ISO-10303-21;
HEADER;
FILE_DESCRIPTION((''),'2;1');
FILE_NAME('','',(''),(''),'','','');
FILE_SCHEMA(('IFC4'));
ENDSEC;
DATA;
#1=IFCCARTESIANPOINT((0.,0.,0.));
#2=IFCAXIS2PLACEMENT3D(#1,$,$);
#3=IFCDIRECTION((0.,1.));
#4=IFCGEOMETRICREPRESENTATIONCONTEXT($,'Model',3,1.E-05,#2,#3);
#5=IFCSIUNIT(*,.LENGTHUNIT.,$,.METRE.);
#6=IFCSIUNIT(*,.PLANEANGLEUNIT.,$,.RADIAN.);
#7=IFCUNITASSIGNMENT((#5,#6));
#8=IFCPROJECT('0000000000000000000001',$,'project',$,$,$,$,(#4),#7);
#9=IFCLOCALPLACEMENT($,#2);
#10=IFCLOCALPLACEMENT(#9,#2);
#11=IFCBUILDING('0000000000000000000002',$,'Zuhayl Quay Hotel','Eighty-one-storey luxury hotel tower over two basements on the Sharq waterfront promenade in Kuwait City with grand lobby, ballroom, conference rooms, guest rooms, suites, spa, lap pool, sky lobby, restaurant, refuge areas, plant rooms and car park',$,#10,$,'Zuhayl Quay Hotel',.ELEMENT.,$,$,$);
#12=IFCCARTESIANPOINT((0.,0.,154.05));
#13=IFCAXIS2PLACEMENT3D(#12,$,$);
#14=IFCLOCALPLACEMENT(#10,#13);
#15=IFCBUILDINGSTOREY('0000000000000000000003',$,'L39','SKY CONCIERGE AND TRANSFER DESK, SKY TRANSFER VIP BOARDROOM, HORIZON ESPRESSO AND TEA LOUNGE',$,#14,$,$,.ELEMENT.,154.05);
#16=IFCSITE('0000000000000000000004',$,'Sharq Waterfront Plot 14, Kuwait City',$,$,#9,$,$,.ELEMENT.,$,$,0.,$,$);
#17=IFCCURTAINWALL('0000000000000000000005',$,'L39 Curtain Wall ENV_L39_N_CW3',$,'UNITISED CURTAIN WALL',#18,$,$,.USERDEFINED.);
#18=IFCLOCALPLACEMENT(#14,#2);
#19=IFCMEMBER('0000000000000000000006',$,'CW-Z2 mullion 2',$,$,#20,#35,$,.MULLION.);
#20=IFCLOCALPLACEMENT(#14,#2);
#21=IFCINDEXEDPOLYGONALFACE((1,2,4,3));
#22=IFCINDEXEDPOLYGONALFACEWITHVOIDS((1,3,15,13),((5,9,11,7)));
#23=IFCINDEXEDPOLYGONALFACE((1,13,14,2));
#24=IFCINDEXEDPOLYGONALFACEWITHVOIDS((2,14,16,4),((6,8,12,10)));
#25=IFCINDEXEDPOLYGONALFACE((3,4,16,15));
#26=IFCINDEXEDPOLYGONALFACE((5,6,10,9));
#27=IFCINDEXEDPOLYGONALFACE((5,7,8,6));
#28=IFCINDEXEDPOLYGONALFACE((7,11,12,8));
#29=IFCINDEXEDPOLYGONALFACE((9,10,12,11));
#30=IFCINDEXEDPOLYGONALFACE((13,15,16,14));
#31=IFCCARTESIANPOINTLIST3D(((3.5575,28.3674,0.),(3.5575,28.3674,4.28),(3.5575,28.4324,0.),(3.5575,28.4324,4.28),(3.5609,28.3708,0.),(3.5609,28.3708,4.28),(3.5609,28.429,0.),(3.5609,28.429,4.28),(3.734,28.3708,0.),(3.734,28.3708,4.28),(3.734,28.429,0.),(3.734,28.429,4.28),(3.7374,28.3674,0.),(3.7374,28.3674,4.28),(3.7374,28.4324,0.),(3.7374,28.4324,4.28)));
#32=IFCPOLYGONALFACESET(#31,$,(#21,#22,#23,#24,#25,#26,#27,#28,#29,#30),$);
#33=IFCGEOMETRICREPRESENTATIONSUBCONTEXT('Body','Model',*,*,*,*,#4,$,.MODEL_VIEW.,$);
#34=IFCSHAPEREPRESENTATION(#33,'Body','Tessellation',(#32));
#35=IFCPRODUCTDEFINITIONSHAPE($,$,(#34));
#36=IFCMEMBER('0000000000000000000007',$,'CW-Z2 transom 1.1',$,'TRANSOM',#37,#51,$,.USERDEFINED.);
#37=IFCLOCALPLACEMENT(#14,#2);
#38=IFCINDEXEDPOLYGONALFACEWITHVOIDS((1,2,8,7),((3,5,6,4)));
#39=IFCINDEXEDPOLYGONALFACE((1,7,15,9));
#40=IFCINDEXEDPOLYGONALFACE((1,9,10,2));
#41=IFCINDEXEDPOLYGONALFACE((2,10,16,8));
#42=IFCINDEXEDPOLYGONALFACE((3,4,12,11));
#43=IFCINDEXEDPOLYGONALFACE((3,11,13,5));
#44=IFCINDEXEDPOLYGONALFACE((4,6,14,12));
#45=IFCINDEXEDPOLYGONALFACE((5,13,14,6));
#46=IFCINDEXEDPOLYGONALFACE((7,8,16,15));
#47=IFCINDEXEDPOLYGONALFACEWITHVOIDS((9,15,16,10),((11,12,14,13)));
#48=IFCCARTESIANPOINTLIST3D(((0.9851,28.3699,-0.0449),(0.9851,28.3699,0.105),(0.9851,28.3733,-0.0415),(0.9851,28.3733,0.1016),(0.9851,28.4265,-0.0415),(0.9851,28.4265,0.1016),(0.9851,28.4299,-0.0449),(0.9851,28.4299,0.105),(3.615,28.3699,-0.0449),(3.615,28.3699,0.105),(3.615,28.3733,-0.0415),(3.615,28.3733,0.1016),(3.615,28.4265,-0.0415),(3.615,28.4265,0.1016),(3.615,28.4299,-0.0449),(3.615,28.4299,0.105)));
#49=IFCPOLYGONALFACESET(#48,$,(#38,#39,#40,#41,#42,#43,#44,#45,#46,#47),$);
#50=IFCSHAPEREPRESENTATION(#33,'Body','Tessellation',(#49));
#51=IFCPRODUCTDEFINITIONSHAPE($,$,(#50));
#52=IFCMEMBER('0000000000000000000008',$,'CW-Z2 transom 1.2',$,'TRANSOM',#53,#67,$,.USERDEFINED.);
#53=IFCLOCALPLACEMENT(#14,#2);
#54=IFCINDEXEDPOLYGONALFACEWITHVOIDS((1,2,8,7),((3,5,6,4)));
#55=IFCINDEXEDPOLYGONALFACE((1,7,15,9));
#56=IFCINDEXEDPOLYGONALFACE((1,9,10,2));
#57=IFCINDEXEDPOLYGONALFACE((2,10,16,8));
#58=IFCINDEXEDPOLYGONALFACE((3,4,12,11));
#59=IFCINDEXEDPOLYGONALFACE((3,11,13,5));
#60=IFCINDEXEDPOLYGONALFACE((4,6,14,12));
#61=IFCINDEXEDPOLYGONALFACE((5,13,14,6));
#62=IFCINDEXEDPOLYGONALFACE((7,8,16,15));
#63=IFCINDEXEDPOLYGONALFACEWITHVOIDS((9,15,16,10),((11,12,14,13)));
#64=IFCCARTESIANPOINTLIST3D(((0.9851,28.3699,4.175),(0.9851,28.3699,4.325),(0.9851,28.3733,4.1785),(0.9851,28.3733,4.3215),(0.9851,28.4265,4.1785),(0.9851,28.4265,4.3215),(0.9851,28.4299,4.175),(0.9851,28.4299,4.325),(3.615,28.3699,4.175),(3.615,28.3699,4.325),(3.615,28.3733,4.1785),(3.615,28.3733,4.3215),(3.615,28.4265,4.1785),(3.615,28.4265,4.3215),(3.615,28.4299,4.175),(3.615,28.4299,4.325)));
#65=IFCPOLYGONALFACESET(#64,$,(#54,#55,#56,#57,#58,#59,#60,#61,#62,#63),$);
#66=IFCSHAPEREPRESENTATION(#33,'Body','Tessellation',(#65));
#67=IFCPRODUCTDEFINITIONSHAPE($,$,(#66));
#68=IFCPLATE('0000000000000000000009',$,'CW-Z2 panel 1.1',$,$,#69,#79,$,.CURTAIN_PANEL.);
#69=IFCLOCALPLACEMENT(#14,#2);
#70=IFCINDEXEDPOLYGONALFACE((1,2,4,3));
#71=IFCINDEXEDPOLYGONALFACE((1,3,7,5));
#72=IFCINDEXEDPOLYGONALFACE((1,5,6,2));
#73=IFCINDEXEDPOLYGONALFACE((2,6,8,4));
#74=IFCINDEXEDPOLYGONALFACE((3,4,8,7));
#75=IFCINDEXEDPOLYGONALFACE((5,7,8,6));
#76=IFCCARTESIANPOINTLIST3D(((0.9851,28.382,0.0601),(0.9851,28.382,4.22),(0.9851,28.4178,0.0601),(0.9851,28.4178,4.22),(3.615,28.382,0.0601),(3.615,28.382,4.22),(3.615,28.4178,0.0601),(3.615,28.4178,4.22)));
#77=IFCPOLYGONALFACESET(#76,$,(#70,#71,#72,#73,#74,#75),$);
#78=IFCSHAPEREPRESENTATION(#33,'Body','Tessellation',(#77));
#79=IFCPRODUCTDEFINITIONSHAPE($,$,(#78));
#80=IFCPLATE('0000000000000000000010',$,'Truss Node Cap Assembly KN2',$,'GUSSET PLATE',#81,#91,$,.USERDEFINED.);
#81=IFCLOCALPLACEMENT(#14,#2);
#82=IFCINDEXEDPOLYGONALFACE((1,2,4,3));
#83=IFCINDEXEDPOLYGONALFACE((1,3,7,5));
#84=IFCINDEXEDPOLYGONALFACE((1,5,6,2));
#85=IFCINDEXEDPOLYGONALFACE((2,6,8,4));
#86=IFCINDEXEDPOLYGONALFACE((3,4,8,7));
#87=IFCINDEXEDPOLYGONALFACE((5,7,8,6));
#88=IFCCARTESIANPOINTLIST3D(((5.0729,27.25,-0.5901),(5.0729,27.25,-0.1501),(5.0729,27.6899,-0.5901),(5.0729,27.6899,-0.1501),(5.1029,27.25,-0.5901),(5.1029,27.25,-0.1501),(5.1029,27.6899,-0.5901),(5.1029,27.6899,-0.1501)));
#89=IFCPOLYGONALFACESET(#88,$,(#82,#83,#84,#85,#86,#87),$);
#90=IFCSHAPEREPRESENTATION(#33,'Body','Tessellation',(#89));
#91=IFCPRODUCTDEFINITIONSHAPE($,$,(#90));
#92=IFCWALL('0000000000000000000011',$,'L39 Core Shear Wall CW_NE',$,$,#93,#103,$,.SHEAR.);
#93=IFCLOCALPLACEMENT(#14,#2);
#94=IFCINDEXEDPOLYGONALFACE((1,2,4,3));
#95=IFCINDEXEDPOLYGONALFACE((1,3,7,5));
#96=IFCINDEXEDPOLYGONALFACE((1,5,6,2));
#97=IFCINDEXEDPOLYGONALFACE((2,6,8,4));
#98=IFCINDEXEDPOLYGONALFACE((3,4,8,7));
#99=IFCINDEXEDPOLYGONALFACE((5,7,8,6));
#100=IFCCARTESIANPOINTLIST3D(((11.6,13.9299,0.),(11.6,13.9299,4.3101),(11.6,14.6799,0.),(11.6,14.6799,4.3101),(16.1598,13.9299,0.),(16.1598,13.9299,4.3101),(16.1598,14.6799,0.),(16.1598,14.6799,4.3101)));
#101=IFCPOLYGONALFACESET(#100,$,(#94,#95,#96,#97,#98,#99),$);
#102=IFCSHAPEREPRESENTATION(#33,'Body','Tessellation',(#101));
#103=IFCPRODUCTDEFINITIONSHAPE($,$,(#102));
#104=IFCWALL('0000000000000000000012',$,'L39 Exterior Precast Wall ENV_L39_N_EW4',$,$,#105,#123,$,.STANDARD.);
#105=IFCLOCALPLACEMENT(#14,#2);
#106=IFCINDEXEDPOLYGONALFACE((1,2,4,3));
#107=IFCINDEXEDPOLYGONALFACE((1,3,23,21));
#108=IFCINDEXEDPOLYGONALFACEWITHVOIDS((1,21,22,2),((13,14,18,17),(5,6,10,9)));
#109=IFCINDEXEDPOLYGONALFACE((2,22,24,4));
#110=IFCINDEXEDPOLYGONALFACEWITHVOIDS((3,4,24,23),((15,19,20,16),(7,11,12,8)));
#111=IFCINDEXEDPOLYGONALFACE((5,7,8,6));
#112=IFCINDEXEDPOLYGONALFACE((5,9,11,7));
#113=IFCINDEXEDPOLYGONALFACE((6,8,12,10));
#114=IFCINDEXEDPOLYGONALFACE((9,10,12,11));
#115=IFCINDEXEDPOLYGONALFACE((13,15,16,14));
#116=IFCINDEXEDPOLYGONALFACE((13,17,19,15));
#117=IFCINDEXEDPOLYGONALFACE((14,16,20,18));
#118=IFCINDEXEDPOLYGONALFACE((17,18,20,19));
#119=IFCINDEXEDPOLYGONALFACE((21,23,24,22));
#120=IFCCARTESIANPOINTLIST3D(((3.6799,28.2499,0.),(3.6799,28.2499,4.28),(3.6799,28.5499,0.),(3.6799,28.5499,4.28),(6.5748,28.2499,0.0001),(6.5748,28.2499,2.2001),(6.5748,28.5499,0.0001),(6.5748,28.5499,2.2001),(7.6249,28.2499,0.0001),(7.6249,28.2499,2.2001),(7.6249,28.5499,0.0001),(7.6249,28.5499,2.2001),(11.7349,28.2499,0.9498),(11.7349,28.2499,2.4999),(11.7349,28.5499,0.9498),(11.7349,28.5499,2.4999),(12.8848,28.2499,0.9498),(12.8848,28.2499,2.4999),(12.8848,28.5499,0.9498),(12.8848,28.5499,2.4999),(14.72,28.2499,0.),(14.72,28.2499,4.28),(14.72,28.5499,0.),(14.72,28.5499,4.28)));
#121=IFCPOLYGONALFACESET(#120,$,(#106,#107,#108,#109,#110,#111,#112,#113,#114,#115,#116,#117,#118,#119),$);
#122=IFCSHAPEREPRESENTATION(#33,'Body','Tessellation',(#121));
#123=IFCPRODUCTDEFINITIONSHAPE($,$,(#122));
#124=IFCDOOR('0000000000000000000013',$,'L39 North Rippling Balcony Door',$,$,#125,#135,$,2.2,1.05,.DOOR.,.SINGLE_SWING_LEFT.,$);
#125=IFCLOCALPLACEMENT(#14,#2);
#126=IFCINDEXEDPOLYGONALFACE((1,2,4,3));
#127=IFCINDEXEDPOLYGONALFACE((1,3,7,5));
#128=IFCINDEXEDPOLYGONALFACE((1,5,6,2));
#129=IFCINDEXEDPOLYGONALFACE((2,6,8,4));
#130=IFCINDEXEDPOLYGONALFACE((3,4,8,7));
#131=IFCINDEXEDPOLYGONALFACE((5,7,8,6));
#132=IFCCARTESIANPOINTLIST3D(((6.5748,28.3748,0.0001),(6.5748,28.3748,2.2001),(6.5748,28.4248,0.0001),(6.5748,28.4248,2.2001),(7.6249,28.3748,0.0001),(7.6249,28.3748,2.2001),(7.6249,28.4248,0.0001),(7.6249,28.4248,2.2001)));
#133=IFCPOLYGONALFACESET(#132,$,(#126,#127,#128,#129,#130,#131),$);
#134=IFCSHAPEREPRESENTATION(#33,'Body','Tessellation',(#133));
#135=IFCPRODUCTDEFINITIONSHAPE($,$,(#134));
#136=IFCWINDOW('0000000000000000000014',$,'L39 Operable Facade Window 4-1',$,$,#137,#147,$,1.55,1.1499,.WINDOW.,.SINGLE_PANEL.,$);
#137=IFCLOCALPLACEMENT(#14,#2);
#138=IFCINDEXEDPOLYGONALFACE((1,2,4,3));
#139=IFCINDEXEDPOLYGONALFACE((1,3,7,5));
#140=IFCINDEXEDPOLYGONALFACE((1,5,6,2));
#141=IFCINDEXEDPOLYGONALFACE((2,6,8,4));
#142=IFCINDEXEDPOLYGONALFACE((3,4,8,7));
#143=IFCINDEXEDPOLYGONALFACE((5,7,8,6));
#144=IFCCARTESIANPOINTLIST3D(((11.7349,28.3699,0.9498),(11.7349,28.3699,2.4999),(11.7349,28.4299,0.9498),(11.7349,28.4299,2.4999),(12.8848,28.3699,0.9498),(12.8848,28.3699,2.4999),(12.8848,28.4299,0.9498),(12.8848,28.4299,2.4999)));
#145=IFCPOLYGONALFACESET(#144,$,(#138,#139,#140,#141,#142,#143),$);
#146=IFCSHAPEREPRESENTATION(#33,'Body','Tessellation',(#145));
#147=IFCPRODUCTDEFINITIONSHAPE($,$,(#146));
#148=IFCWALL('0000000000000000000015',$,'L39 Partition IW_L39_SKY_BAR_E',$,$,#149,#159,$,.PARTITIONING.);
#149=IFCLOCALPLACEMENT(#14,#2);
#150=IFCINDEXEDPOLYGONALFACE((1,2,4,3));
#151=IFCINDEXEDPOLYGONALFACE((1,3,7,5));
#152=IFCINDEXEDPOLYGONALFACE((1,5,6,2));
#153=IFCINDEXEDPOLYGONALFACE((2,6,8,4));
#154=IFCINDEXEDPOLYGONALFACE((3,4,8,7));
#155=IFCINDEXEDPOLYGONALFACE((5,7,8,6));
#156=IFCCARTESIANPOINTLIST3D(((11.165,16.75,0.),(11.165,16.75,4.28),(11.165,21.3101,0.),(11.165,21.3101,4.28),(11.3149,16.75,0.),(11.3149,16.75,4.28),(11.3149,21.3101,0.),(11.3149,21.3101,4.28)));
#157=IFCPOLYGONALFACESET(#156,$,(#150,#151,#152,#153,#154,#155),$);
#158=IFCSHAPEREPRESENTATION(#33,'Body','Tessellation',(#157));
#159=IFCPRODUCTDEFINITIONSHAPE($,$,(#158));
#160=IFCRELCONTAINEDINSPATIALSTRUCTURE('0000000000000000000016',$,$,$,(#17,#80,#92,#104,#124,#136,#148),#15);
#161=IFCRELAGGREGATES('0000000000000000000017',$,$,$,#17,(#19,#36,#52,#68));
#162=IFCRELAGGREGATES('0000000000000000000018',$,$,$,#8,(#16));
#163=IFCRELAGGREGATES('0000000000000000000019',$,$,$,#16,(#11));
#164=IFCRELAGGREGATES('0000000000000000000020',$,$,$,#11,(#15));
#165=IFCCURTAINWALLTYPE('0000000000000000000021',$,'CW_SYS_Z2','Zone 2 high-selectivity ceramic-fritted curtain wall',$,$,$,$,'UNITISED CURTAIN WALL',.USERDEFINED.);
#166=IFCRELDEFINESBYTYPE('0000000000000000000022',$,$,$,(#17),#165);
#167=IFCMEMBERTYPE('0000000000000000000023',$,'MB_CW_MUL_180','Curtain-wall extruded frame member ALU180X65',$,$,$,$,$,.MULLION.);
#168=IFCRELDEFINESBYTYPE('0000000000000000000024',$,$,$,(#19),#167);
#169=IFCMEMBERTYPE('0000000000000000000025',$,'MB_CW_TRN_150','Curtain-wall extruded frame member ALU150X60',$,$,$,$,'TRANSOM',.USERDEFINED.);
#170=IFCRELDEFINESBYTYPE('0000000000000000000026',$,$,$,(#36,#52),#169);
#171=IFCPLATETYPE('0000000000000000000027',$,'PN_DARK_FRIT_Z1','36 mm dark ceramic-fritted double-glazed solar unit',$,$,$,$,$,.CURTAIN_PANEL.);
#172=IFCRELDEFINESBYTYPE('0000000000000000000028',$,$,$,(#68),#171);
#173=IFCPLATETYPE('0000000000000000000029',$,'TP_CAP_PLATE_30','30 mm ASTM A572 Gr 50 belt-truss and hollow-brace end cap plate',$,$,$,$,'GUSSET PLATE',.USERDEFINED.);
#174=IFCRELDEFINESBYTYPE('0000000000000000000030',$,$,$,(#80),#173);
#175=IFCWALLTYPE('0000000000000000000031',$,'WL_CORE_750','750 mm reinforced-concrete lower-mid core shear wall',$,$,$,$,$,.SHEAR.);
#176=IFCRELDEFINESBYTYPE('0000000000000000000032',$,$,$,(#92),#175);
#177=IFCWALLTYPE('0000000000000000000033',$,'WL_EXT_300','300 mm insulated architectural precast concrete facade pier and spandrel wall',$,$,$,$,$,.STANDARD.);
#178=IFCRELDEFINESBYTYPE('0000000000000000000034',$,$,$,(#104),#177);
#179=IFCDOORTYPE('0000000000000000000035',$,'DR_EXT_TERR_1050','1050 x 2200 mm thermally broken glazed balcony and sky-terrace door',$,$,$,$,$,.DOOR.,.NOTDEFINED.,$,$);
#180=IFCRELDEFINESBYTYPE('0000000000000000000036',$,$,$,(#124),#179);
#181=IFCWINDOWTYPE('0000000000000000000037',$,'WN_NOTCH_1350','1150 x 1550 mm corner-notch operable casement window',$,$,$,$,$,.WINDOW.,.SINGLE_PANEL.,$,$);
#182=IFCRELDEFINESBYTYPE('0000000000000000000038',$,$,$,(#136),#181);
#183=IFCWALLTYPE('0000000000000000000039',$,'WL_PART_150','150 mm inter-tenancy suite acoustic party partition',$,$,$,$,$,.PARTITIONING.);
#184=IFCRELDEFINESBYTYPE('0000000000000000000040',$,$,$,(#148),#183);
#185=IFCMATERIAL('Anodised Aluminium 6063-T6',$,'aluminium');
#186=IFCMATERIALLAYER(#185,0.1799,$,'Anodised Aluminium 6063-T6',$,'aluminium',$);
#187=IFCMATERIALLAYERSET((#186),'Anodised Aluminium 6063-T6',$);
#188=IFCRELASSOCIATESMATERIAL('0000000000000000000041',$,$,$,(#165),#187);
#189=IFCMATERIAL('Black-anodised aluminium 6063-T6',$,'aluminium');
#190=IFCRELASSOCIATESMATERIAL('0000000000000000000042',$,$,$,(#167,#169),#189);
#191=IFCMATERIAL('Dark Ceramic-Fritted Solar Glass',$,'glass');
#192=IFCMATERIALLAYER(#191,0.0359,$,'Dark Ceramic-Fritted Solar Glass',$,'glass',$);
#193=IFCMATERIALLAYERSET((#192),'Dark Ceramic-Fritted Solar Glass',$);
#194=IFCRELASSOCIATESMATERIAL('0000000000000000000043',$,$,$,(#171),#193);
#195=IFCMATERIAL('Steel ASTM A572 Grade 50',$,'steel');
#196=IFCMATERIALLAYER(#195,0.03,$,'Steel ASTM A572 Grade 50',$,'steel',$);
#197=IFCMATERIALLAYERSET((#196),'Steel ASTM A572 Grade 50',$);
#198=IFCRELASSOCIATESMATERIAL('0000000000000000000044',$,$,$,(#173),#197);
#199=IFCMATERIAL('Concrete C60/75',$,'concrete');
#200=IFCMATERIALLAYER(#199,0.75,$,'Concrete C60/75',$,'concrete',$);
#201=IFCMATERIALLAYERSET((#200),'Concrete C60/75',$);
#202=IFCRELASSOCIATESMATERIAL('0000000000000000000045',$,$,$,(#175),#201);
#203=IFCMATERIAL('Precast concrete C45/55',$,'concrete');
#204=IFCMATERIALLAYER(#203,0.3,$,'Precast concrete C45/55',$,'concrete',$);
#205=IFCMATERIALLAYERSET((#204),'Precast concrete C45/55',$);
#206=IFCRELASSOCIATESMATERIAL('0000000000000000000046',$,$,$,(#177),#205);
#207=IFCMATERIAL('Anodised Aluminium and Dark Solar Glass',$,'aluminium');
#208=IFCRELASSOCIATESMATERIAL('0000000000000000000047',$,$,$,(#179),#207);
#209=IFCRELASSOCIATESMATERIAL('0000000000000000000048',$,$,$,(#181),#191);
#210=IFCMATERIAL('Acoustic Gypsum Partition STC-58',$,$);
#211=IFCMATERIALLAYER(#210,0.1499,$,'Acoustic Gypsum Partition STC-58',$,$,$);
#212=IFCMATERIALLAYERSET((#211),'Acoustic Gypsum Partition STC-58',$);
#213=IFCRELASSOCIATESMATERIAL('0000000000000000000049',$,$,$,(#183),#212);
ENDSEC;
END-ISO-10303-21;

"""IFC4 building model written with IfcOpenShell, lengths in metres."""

from ifc_helpers import new_model, si_unit, direction, frame, frame_2d, origin, origin_2d, place, context, subcontext, project, spatial, rectangle, hollow_rectangle, extrude, material, layer, layer_set, material_profile, profile_set, type_object, element, fill, aggregate, save


model = new_model("IFC4")

# Units and contexts
model_context = context("Model", 3, precision=1e-05, world=origin(), true_north=direction((0.0, 1.0)))
body_context = subcontext(model_context, "Body", "Model", "MODEL_VIEW")
ifc_project = project(units=[si_unit("LENGTHUNIT", "METRE"), si_unit("PLANEANGLEUNIT", "RADIAN")], contexts=[model_context])

# Site, building, storey
site_placement = place(None, origin())
site = spatial("IfcSite", under=ifc_project, at=site_placement, Name="Sharq Waterfront Plot 14, Kuwait City", CompositionType="ELEMENT", RefElevation=0.0)
building_placement = place(site_placement, origin())
building = spatial("IfcBuilding", under=site, at=building_placement, Name="Zuhayl Quay Hotel", Description="Eighty-one-storey luxury hotel tower over two basements on the Sharq waterfront promenade in Kuwait City with grand lobby, ballroom, conference rooms, guest rooms, suites, spa, lap pool, sky lobby, restaurant, refuge areas, plant rooms and car park", LongName="Zuhayl Quay Hotel", CompositionType="ELEMENT")
storey_placement = place(building_placement, frame((0.0, 0.0, 154.05)))
storey = spatial("IfcBuildingStorey", under=building, at=storey_placement, Name="L39", Description="SKY CONCIERGE AND TRANSFER DESK, SKY TRANSFER VIP BOARDROOM, HORIZON ESPRESSO AND TEA LOUNGE", CompositionType="ELEMENT", Elevation=154.05)

# Curtain wall, members, plate
ifc_material_1 = material(Name="Anodised Aluminium 6063-T6", Category="aluminium")
ifc_layer_1 = layer(ifc_material_1, 0.1799, Name="Anodised Aluminium 6063-T6", Category="aluminium")
ifc_layer_set_1 = layer_set([ifc_layer_1], Name="Anodised Aluminium 6063-T6")
curtain_wall_type = type_object("IfcCurtainWallType", Name="CW_SYS_Z2", Description="Zone 2 high-selectivity ceramic-fritted curtain wall", ElementType="UNITISED CURTAIN WALL", PredefinedType="USERDEFINED", material=ifc_layer_set_1)
curtain_wall_placement = place(storey_placement, origin())
curtain_wall = element("IfcCurtainWall", 1, at=curtain_wall_placement, inside=storey, type_object=curtain_wall_type, Name="L39 Curtain Wall ENV_L39_N_CW3", ObjectType="UNITISED CURTAIN WALL", PredefinedType="USERDEFINED")
ifc_material_2 = material(Name="Black-anodised aluminium 6063-T6", Category="aluminium")
ifc_material_profile_1 = material_profile(ifc_material_2, hollow_rectangle(XDim=0.0649, YDim=0.1799, WallThickness=0.0034, at=origin_2d()), Name="ALU180X65")
ifc_profile_set_1 = profile_set([ifc_material_profile_1], Name="Black-anodised aluminium 6063-T6")
member_type_1 = type_object("IfcMemberType", Name="MB_CW_MUL_180", Description="Curtain-wall extruded frame member ALU180X65", PredefinedType="MULLION", material=ifc_profile_set_1)
member_1_placement = place(storey_placement, frame((3.6475, 28.3999, 0.0), z_axis=(0.0, 0.0, 1.0), x_axis=(0.0, 1.0, 0.0)))
member_1 = element("IfcMember", 2, at=member_1_placement, type_object=member_type_1, Name="CW-Z2 mullion 2", PredefinedType="MULLION", context=body_context, shape_type="SweptSolid", body=[
    extrude(hollow_rectangle(XDim=0.0649, YDim=0.1799, WallThickness=0.0034, at=origin_2d()), origin(), (0.0, 0.0, 1.0), 4.28),
])
ifc_material_profile_2 = material_profile(ifc_material_2, hollow_rectangle(XDim=0.0601, YDim=0.1499, WallThickness=0.0034, at=origin_2d()), Name="ALU150X60")
ifc_profile_set_2 = profile_set([ifc_material_profile_2], Name="Black-anodised aluminium 6063-T6")
member_type_2 = type_object("IfcMemberType", Name="MB_CW_TRN_150", Description="Curtain-wall extruded frame member ALU150X60", ElementType="TRANSOM", PredefinedType="USERDEFINED", material=ifc_profile_set_2)
member_2_placement = place(storey_placement, frame((0.9851, 28.3999, 0.03), z_axis=(1.0, 0.0, 0.0), x_axis=(0.0, 1.0, 0.0)))
member_2 = element("IfcMember", 3, at=member_2_placement, type_object=member_type_2, Name="CW-Z2 transom 1.1", ObjectType="TRANSOM", PredefinedType="USERDEFINED", context=body_context, shape_type="SweptSolid", body=[
    extrude(hollow_rectangle(XDim=0.0601, YDim=0.1499, WallThickness=0.0034, at=origin_2d()), origin(), (0.0, 0.0, 1.0), 2.6299),
])
member_3_placement = place(storey_placement, frame((0.9851, 28.3999, 4.25), z_axis=(1.0, 0.0, 0.0), x_axis=(0.0, 1.0, 0.0)))
member_3 = element("IfcMember", 4, at=member_3_placement, type_object=member_type_2, Name="CW-Z2 transom 1.2", ObjectType="TRANSOM", PredefinedType="USERDEFINED", context=body_context, shape_type="SweptSolid", body=[
    extrude(hollow_rectangle(XDim=0.0601, YDim=0.1499, WallThickness=0.0034, at=origin_2d()), origin(), (0.0, 0.0, 1.0), 2.6299),
])
ifc_material_3 = material(Name="Dark Ceramic-Fritted Solar Glass", Category="glass")
ifc_layer_2 = layer(ifc_material_3, 0.0359, Name="Dark Ceramic-Fritted Solar Glass", Category="glass")
ifc_layer_set_2 = layer_set([ifc_layer_2], Name="Dark Ceramic-Fritted Solar Glass")
plate_type_1 = type_object("IfcPlateType", Name="PN_DARK_FRIT_Z1", Description="36 mm dark ceramic-fritted double-glazed solar unit", PredefinedType="CURTAIN_PANEL", material=ifc_layer_set_2)
plate_1_placement = place(storey_placement, frame((2.3, 28.3999, 0.0601), z_axis=(0.0, 0.0, 1.0), x_axis=(1.0, 0.0, 0.0)))
plate_1 = element("IfcPlate", 5, at=plate_1_placement, type_object=plate_type_1, Name="CW-Z2 panel 1.1", PredefinedType="CURTAIN_PANEL", context=body_context, shape_type="SweptSolid", body=[
    extrude(rectangle(XDim=2.6299, YDim=0.0359, at=origin_2d()), origin(), (0.0, 0.0, 1.0), 4.1599),
])
aggregate(curtain_wall, [member_1, member_2, member_3, plate_1])

# Plate
ifc_material_4 = material(Name="Steel ASTM A572 Grade 50", Category="steel")
ifc_layer_3 = layer(ifc_material_4, 0.03, Name="Steel ASTM A572 Grade 50", Category="steel")
ifc_layer_set_3 = layer_set([ifc_layer_3], Name="Steel ASTM A572 Grade 50")
plate_type_2 = type_object("IfcPlateType", Name="TP_CAP_PLATE_30", Description="30 mm ASTM A572 Gr 50 belt-truss and hollow-brace end cap plate", ElementType="GUSSET PLATE", PredefinedType="USERDEFINED", material=ifc_layer_set_3)
plate_2_placement = place(storey_placement, frame((5.0879, 27.47, -0.5901), z_axis=(0.0, 0.0, 1.0), x_axis=(-1.0, 0.0, 0.0)))
element("IfcPlate", 6, at=plate_2_placement, inside=storey, type_object=plate_type_2, Name="Truss Node Cap Assembly KN2", ObjectType="GUSSET PLATE", PredefinedType="USERDEFINED", context=body_context, shape_type="SweptSolid", body=[
    extrude(rectangle(XDim=0.03, YDim=0.4399, at=origin_2d()), origin(), (0.0, 0.0, 1.0), 0.4399),
])

# Wall
ifc_material_5 = material(Name="Concrete C60/75", Category="concrete")
ifc_layer_4 = layer(ifc_material_5, 0.75, Name="Concrete C60/75", Category="concrete")
ifc_layer_set_4 = layer_set([ifc_layer_4], Name="Concrete C60/75")
wall_type_1 = type_object("IfcWallType", Name="WL_CORE_750", Description="750 mm reinforced-concrete lower-mid core shear wall", PredefinedType="SHEAR", material=ifc_layer_set_4)
wall_1_placement = place(storey_placement, frame((11.6001, 14.3049, 0.0), z_axis=(0.0, 0.0, 1.0), x_axis=(1.0, 0.0, 0.0)))
element("IfcWall", 7, at=wall_1_placement, inside=storey, type_object=wall_type_1, Name="L39 Core Shear Wall CW_NE", PredefinedType="SHEAR", context=body_context, shape_type="SweptSolid", body=[
    extrude(rectangle(XDim=4.5598, YDim=0.75, at=frame_2d((2.2798, 0.0))), origin(), (0.0, 0.0, 1.0), 4.3101),
])

# Wall, openings, door, window
ifc_material_6 = material(Name="Precast concrete C45/55", Category="concrete")
ifc_layer_5 = layer(ifc_material_6, 0.3, Name="Precast concrete C45/55", Category="concrete")
ifc_layer_set_5 = layer_set([ifc_layer_5], Name="Precast concrete C45/55")
wall_type_2 = type_object("IfcWallType", Name="WL_EXT_300", Description="300 mm insulated architectural precast concrete facade pier and spandrel wall", PredefinedType="STANDARD", material=ifc_layer_set_5)
wall_2_placement = place(storey_placement, frame((3.6799, 28.3999, 0.0), z_axis=(0.0, 0.0, 1.0), x_axis=(1.0, 0.0, 0.0)))
wall_2 = element("IfcWall", 8, at=wall_2_placement, inside=storey, type_object=wall_type_2, Name="L39 Exterior Precast Wall ENV_L39_N_EW4", PredefinedType="STANDARD", context=body_context, shape_type="SweptSolid", body=[
    extrude(rectangle(XDim=11.04, YDim=0.3, at=frame_2d((5.52, 0.0))), origin(), (0.0, 0.0, 1.0), 4.28),
])
opening_1_placement = place(wall_2_placement, frame((2.895, 0.0, 0.0)))
opening_1 = element("IfcOpeningElement", 9, at=opening_1_placement, cuts=wall_2, PredefinedType="OPENING", context=body_context, shape_type="SweptSolid", body=[
    extrude(rectangle(XDim=1.05, YDim=2.2, at=frame_2d((0.5249, 1.1001))), frame((0.0, 0.1599, 0.0), z_axis=(0.0, -1.0, 0.0), x_axis=(1.0, 0.0, 0.0)), (0.0, 0.0, 1.0), 0.3201),
])
opening_2_placement = place(wall_2_placement, frame((8.0549, 0.0, 0.95)))
opening_2 = element("IfcOpeningElement", 10, at=opening_2_placement, cuts=wall_2, PredefinedType="OPENING", context=body_context, shape_type="SweptSolid", body=[
    extrude(rectangle(XDim=1.1499, YDim=1.55, at=frame_2d((0.575, 0.7749))), frame((0.0, 0.1599, 0.0), z_axis=(0.0, -1.0, 0.0), x_axis=(1.0, 0.0, 0.0)), (0.0, 0.0, 1.0), 0.3201),
])
ifc_material_7 = material(Name="Anodised Aluminium and Dark Solar Glass", Category="aluminium")
door_type_1 = type_object("IfcDoorType", Name="DR_EXT_TERR_1050", Description="1050 x 2200 mm thermally broken glazed balcony and sky-terrace door", OperationType="NOTDEFINED", PredefinedType="DOOR", material=ifc_material_7)
door_1_placement = place(opening_1_placement, origin())
door_1 = element("IfcDoor", 11, at=door_1_placement, inside=storey, type_object=door_type_1, Name="L39 North Rippling Balcony Door", OperationType="SINGLE_SWING_LEFT", OverallHeight=2.2, OverallWidth=1.05, PredefinedType="DOOR", context=body_context, shape_type="SweptSolid", body=[
    extrude(rectangle(XDim=1.05, YDim=2.2, at=frame_2d((0.5249, 1.1001))), frame((0.0, 0.0249, 0.0), z_axis=(0.0, -1.0, 0.0), x_axis=(1.0, 0.0, 0.0)), (0.0, 0.0, 1.0), 0.05),
])
fill(opening_1, door_1)
window_type = type_object("IfcWindowType", Name="WN_NOTCH_1350", Description="1150 x 1550 mm corner-notch operable casement window", PartitioningType="SINGLE_PANEL", PredefinedType="WINDOW", material=ifc_material_3)
window_placement = place(opening_2_placement, origin())
window = element("IfcWindow", 12, at=window_placement, inside=storey, type_object=window_type, Name="L39 Operable Facade Window 4-1", OverallHeight=1.55, OverallWidth=1.1499, PartitioningType="SINGLE_PANEL", PredefinedType="WINDOW", context=body_context, shape_type="SweptSolid", body=[
    extrude(rectangle(XDim=1.1499, YDim=1.55, at=frame_2d((0.575, 0.7749))), frame((0.0, 0.03, 0.0), z_axis=(0.0, -1.0, 0.0), x_axis=(1.0, 0.0, 0.0)), (0.0, 0.0, 1.0), 0.0601),
])
fill(opening_2, window)

# Wall
ifc_material_8 = material(Name="Acoustic Gypsum Partition STC-58")
ifc_layer_6 = layer(ifc_material_8, 0.1499, Name="Acoustic Gypsum Partition STC-58")
ifc_layer_set_6 = layer_set([ifc_layer_6], Name="Acoustic Gypsum Partition STC-58")
wall_type_3 = type_object("IfcWallType", Name="WL_PART_150", Description="150 mm inter-tenancy suite acoustic party partition", PredefinedType="PARTITIONING", material=ifc_layer_set_6)
wall_3_placement = place(storey_placement, frame((11.24, 16.75, 0.0), z_axis=(0.0, 0.0, 1.0), x_axis=(0.0, 1.0, 0.0)))
element("IfcWall", 13, at=wall_3_placement, inside=storey, type_object=wall_type_3, Name="L39 Partition IW_L39_SKY_BAR_E", PredefinedType="PARTITIONING", context=body_context, shape_type="SweptSolid", body=[
    extrude(rectangle(XDim=4.5601, YDim=0.1499, at=frame_2d((2.28, 0.0))), origin(), (0.0, 0.0, 1.0), 4.28),
])

save(model, "model.ifc")
